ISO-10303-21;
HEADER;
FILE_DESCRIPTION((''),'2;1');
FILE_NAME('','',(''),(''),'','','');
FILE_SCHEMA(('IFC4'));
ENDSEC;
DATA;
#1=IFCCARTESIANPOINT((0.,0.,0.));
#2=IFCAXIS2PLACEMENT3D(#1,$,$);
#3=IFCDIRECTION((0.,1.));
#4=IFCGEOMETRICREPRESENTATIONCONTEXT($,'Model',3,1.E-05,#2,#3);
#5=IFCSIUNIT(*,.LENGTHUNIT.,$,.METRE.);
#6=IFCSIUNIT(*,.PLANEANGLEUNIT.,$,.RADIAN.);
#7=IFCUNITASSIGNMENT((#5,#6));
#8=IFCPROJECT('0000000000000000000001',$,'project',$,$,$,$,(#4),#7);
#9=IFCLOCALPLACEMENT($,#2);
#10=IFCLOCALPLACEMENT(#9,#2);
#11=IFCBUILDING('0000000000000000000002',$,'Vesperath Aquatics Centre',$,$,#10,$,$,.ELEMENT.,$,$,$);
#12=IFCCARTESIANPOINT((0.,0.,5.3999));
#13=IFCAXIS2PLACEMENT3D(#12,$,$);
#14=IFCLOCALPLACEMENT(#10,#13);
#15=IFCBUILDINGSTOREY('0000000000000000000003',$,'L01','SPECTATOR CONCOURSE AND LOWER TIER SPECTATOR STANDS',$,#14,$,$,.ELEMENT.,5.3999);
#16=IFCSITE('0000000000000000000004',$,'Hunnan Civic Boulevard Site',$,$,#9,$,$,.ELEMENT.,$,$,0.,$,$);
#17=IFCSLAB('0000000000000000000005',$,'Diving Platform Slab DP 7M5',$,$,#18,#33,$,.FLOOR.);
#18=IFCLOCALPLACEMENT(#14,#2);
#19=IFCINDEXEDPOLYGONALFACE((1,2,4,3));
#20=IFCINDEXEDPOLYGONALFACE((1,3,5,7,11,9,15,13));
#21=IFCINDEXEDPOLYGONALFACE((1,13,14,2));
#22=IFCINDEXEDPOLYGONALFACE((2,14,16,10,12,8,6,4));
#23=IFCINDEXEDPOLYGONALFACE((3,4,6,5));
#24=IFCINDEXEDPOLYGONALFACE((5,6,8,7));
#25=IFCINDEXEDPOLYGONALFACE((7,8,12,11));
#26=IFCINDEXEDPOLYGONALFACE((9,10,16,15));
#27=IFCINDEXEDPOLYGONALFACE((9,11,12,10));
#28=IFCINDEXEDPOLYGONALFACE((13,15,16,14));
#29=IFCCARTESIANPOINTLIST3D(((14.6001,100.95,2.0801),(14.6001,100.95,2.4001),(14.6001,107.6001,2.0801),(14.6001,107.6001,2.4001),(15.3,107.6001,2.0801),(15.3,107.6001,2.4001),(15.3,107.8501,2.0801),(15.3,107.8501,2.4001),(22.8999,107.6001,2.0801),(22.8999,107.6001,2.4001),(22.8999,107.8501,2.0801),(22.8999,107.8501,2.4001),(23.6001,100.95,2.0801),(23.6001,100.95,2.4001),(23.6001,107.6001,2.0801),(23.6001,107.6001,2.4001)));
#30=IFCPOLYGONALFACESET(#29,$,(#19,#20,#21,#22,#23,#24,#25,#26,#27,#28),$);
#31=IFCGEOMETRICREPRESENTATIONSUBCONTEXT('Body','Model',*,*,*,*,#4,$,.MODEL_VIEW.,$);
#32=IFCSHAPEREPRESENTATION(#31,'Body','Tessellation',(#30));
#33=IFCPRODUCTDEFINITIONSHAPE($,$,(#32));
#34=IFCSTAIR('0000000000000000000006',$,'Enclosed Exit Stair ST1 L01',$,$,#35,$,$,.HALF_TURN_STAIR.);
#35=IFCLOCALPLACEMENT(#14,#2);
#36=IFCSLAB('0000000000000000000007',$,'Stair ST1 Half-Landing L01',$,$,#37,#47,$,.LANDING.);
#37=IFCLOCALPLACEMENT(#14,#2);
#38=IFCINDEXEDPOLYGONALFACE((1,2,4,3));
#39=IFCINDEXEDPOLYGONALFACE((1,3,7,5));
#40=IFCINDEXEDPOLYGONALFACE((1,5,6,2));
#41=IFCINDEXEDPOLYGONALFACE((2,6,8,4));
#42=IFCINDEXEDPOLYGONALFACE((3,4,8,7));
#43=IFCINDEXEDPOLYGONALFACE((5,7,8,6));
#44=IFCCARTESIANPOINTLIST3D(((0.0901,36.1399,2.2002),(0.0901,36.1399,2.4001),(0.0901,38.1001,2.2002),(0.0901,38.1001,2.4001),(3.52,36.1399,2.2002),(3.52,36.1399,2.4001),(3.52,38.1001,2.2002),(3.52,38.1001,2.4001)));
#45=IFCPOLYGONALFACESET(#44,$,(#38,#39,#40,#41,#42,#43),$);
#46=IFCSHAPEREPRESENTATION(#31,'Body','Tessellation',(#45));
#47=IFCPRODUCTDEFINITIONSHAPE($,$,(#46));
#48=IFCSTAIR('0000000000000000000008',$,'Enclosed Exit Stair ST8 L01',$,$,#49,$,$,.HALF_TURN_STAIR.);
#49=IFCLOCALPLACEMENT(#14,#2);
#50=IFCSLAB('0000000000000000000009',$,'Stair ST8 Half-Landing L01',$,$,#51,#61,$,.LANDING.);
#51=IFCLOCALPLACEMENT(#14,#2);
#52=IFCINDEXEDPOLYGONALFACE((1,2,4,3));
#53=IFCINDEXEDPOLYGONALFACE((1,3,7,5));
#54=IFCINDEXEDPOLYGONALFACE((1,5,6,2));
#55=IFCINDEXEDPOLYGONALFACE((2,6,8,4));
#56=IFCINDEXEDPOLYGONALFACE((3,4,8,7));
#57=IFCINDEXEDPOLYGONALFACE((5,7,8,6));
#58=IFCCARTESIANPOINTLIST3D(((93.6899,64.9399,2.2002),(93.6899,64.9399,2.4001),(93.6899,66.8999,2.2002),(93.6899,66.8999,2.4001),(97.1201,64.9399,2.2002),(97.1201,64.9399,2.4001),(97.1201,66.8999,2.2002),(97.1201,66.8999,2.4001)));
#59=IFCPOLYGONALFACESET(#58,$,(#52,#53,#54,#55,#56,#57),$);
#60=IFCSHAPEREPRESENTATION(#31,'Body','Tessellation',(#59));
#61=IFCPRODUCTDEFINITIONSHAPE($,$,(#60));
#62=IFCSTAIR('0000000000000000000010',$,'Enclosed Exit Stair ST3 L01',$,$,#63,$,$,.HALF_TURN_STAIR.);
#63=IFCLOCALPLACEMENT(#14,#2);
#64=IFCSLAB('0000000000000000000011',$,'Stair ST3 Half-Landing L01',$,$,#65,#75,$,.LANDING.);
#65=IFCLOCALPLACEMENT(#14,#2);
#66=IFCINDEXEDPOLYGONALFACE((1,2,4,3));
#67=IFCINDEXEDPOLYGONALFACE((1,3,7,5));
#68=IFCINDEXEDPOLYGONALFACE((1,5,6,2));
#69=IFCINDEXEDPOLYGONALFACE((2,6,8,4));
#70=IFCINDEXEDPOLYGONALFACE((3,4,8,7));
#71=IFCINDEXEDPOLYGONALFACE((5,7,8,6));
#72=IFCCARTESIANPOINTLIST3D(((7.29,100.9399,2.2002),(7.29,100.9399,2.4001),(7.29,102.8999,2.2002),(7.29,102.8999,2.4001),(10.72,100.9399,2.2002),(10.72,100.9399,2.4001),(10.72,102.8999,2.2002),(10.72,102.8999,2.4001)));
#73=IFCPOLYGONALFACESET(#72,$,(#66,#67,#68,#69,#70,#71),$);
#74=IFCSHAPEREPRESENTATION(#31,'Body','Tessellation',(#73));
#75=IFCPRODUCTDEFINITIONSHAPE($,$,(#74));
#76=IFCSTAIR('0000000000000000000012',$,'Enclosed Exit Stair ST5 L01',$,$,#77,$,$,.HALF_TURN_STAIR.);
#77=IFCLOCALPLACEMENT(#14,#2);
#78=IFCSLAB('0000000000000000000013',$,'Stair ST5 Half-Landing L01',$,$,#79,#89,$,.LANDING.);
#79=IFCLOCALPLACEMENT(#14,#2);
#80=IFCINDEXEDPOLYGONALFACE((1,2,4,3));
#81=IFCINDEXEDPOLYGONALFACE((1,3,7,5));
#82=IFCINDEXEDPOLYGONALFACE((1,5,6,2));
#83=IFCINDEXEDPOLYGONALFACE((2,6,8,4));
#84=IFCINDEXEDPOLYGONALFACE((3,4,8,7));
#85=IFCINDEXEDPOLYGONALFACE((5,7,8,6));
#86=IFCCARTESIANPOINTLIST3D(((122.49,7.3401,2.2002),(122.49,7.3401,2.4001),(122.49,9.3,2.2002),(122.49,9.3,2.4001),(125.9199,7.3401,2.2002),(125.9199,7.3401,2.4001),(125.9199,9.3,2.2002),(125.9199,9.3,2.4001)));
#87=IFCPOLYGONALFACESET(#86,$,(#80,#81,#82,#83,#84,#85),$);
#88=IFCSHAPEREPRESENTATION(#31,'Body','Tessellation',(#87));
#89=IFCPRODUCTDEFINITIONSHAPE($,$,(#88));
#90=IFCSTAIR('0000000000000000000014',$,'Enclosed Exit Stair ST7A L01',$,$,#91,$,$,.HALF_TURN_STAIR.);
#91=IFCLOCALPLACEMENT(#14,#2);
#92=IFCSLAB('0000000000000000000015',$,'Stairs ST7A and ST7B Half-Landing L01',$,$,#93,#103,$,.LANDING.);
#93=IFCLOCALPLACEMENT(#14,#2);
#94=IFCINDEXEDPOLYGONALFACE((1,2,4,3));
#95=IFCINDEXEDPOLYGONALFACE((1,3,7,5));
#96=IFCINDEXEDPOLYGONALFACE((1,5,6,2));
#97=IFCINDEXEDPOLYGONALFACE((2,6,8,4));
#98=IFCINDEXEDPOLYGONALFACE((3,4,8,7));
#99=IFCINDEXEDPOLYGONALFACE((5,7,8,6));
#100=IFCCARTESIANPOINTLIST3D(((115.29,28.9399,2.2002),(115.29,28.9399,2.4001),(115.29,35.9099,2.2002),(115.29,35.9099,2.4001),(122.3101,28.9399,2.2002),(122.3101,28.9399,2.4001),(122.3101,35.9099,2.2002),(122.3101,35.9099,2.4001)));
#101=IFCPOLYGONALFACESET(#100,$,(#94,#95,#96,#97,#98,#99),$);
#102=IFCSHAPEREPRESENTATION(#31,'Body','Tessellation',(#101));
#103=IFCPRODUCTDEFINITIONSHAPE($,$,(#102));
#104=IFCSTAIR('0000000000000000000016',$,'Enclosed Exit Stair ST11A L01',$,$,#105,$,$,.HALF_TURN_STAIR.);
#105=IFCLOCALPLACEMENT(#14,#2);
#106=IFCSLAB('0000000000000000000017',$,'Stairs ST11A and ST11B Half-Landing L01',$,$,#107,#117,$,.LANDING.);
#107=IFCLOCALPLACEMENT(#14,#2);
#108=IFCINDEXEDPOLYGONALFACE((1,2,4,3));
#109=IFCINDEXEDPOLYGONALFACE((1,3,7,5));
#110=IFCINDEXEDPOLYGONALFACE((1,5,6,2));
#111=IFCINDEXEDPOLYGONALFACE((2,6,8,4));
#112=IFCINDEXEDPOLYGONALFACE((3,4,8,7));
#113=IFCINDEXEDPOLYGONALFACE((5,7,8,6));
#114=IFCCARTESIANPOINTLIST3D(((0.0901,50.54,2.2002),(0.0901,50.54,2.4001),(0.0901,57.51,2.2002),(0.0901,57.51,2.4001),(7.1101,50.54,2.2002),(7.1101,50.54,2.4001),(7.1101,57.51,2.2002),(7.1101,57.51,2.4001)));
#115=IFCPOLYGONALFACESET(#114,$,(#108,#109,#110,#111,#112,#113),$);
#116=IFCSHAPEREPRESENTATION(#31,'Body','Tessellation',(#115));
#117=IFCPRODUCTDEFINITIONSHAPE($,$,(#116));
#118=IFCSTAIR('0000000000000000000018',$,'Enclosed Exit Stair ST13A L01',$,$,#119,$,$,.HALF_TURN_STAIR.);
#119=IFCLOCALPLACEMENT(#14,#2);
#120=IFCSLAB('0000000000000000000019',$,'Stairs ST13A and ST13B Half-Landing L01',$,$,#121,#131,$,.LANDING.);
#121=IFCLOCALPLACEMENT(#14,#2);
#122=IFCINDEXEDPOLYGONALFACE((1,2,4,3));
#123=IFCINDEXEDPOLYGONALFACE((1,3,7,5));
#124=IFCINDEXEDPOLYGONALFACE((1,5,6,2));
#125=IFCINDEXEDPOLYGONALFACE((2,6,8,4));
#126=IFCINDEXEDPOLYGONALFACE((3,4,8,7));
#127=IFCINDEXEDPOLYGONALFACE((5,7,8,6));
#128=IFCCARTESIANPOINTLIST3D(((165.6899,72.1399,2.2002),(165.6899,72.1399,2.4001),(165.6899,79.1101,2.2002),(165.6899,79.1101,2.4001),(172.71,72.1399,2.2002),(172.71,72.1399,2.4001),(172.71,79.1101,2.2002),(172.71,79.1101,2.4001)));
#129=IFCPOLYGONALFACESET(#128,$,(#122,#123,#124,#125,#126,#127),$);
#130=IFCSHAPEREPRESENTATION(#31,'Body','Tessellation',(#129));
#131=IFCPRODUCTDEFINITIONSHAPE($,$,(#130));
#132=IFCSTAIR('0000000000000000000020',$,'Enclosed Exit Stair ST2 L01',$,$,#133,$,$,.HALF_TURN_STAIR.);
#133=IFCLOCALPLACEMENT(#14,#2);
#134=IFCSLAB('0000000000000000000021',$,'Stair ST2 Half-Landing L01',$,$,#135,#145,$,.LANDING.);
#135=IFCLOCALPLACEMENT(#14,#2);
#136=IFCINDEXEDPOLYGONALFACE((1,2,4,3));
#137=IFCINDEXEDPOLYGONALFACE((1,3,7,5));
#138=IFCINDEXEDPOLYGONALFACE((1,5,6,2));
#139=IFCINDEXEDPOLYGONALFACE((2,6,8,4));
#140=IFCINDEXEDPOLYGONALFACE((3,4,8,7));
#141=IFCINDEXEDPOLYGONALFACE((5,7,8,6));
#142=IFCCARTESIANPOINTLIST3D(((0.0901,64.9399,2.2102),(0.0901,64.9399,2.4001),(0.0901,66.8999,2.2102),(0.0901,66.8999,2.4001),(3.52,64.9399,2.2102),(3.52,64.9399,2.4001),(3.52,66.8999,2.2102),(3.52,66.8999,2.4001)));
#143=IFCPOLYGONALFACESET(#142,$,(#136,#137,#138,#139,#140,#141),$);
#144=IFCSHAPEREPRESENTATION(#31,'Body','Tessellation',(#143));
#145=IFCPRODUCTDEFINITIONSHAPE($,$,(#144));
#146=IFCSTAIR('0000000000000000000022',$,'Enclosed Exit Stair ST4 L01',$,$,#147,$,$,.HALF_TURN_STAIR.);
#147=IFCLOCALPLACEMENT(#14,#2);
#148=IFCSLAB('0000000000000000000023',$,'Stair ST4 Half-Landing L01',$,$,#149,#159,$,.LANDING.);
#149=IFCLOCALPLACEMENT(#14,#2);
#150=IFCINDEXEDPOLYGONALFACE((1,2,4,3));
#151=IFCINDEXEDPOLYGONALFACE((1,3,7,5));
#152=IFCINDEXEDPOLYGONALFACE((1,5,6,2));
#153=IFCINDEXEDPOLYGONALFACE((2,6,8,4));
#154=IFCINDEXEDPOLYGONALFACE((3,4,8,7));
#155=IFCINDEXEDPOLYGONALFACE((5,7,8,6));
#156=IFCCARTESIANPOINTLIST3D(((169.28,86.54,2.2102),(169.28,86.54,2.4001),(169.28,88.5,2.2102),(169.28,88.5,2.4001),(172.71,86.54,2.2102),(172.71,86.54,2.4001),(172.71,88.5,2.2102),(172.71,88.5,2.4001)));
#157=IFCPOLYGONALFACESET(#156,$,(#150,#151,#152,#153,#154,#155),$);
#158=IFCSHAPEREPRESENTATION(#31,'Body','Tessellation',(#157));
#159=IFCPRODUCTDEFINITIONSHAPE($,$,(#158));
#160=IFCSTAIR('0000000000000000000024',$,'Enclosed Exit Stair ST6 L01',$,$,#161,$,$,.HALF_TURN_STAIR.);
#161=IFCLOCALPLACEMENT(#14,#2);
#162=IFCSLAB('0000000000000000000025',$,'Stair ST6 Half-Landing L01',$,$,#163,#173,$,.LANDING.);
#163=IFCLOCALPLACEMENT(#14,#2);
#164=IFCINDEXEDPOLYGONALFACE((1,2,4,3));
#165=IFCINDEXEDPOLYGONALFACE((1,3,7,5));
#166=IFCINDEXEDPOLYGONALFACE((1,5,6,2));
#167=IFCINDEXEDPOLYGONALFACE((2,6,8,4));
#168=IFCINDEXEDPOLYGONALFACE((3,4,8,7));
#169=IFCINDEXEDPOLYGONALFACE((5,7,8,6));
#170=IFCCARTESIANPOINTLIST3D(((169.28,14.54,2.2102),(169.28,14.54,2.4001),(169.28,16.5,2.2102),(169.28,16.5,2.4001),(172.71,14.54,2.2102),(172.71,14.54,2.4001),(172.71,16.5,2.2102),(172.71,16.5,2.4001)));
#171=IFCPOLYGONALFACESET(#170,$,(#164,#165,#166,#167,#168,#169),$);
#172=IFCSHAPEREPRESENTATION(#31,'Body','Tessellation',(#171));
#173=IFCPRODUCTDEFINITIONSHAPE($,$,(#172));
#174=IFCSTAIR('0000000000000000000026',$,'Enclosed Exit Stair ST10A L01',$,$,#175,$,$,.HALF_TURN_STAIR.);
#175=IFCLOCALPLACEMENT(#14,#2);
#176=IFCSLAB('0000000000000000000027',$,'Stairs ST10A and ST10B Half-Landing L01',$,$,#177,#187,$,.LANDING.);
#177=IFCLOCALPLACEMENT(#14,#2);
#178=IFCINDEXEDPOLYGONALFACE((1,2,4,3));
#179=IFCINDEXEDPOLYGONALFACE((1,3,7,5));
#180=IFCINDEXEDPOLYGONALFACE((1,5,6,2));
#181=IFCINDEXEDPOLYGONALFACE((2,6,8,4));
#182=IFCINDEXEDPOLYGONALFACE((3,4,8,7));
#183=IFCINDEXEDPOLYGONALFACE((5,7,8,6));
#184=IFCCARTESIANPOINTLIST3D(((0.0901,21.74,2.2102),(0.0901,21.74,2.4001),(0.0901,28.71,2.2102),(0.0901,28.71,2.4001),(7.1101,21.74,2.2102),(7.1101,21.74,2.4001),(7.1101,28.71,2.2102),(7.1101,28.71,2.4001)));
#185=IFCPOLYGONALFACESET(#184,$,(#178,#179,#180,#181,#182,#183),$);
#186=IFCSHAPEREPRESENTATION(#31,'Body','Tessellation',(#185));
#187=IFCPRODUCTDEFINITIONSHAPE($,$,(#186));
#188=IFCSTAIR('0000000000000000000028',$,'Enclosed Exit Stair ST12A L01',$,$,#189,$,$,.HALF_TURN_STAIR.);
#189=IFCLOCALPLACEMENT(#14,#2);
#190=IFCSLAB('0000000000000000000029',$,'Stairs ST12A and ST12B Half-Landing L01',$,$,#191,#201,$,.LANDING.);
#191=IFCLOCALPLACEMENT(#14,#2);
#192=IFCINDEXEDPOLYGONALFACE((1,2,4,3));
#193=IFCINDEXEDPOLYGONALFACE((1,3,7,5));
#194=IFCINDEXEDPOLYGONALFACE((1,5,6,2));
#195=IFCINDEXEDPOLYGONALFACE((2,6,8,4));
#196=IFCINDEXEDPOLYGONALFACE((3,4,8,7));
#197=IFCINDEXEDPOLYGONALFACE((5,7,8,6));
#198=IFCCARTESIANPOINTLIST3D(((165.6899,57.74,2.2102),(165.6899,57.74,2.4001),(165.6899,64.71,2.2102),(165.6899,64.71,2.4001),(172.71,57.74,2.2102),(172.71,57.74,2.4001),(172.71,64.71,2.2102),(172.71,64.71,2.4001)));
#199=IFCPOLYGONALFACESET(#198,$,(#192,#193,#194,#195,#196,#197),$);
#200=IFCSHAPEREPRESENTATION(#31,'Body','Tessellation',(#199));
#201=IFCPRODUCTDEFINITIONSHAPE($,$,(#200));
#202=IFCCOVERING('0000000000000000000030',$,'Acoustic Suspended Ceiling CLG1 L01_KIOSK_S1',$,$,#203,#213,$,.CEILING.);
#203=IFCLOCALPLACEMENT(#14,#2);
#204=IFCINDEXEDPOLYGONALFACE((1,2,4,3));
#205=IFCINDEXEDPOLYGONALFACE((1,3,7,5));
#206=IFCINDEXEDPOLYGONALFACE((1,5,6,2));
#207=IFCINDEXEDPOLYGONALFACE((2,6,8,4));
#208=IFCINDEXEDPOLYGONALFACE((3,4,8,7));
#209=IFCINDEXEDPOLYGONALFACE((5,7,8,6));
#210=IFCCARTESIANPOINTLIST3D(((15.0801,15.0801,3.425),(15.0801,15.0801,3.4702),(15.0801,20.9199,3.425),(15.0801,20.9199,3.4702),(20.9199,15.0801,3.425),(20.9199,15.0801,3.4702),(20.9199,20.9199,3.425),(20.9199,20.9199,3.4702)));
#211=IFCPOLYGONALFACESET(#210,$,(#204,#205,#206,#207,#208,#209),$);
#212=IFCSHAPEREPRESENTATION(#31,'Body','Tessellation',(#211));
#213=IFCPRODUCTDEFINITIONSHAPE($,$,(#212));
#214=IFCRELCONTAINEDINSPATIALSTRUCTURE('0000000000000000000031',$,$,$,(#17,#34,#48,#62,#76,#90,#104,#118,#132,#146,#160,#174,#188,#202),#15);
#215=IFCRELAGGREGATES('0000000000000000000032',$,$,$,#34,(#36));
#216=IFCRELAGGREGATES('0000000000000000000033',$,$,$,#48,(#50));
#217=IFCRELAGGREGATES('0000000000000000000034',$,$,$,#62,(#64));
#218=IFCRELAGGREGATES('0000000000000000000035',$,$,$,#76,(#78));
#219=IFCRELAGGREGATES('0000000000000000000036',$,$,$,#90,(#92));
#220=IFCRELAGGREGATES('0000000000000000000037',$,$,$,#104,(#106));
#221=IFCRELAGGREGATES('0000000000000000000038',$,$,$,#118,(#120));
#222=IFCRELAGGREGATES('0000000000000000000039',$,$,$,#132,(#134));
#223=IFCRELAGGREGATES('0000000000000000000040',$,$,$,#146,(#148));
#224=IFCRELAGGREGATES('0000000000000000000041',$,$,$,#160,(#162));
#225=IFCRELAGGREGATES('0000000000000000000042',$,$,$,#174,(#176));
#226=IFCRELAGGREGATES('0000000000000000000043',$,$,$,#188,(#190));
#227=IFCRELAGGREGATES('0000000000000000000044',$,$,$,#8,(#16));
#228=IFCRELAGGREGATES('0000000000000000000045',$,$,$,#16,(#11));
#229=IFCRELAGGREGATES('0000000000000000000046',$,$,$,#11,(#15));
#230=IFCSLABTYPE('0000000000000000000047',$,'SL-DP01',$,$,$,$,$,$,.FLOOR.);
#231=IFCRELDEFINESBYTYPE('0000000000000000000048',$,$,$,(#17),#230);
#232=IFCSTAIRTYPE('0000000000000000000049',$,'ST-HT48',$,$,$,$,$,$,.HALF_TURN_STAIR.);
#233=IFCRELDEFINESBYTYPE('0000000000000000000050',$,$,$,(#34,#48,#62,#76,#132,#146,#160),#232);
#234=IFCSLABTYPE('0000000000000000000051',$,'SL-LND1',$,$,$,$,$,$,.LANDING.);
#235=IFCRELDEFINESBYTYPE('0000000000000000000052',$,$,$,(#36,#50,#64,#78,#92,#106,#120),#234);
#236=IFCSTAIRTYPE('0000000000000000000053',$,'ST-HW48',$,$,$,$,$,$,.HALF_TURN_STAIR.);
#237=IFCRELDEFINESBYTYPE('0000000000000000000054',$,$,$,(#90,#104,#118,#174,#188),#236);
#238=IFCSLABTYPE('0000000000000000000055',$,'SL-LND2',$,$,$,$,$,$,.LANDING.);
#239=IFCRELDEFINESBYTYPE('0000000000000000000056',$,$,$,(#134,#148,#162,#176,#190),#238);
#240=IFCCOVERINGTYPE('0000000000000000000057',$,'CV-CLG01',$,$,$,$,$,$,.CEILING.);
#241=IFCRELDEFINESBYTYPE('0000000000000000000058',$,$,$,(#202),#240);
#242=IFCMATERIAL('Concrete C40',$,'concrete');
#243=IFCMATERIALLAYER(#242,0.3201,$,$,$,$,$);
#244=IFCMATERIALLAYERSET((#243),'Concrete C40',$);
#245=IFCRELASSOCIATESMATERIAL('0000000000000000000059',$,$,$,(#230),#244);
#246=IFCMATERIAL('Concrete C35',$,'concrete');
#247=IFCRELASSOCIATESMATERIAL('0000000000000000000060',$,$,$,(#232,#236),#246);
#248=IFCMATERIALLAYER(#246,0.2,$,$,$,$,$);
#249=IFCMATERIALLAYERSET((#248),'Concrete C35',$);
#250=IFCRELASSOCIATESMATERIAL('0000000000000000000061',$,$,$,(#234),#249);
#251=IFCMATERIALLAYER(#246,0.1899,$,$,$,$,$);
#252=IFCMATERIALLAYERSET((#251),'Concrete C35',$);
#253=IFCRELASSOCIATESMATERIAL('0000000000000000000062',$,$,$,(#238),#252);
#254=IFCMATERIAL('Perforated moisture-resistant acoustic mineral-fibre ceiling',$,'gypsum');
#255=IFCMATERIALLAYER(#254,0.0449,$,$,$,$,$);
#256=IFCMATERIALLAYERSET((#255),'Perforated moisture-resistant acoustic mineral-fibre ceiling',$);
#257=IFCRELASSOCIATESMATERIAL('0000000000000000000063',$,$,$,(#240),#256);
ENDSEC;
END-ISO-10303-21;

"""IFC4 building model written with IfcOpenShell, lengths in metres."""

from ifc_helpers import new_model, si_unit, direction, frame, origin, place, context, subcontext, project, spatial, polyline, outline, extrude, material, layer, layer_set, type_object, element, aggregate, save


model = new_model("IFC4")

# Units and contexts
model_context = context("Model", 3, precision=1e-05, world=origin(), true_north=direction((0.0, 1.0)))
body_context = subcontext(model_context, "Body", "Model", "MODEL_VIEW")
ifc_project = project(units=[si_unit("LENGTHUNIT", "METRE"), si_unit("PLANEANGLEUNIT", "RADIAN")], contexts=[model_context])

# Site, building, storey
site_placement = place(None, origin())
site = spatial("IfcSite", under=ifc_project, at=site_placement, Name="Hunnan Civic Boulevard Site", CompositionType="ELEMENT", RefElevation=0.0)
building_placement = place(site_placement, origin())
building = spatial("IfcBuilding", under=site, at=building_placement, Name="Vesperath Aquatics Centre", CompositionType="ELEMENT")
storey_placement = place(building_placement, frame((0.0, 0.0, 5.3999)))
storey = spatial("IfcBuildingStorey", under=building, at=storey_placement, Name="L01", Description="SPECTATOR CONCOURSE AND LOWER TIER SPECTATOR STANDS", CompositionType="ELEMENT", Elevation=5.3999)

# Slab
ifc_material_1 = material(Name="Concrete C40", Category="concrete")
ifc_layer_1 = layer(ifc_material_1, 0.3201)
ifc_layer_set_1 = layer_set([ifc_layer_1], Name="Concrete C40")
slab_type_1 = type_object("IfcSlabType", Name="SL-DP01", PredefinedType="FLOOR", material=ifc_layer_set_1)
slab_1_placement = place(storey_placement, frame((0.0, 0.0, 2.0801)))
element("IfcSlab", 1, at=slab_1_placement, inside=storey, type_object=slab_type_1, Name="Diving Platform Slab DP 7M5", PredefinedType="FLOOR", context=body_context, shape_type="SweptSolid", body=[
    extrude(outline(polyline([(14.6001, 100.95), (23.6001, 100.95), (23.6001, 107.6001), (22.8999, 107.6001), (22.8999, 107.8501), (15.3, 107.8501), (15.3, 107.6001), (14.6001, 107.6001), (14.6001, 100.95)])), origin(), (0.0, 0.0, 1.0), 0.3201),
])

# Stairs, slabs
ifc_material_2 = material(Name="Concrete C35", Category="concrete")
stair_type_1 = type_object("IfcStairType", Name="ST-HT48", PredefinedType="HALF_TURN_STAIR", material=ifc_material_2)
stair_1_placement = place(storey_placement, origin())
stair_1 = element("IfcStair", 2, at=stair_1_placement, inside=storey, type_object=stair_type_1, Name="Enclosed Exit Stair ST1 L01", PredefinedType="HALF_TURN_STAIR")
ifc_layer_2 = layer(ifc_material_2, 0.2)
ifc_layer_set_2 = layer_set([ifc_layer_2], Name="Concrete C35")
slab_type_2 = type_object("IfcSlabType", Name="SL-LND1", PredefinedType="LANDING", material=ifc_layer_set_2)
slab_2_placement = place(storey_placement, frame((0.0, 0.0, 2.2002)))
slab_2 = element("IfcSlab", 3, at=slab_2_placement, type_object=slab_type_2, Name="Stair ST1 Half-Landing L01", PredefinedType="LANDING", context=body_context, shape_type="SweptSolid", body=[
    extrude(outline(polyline([(0.0901, 36.1399), (3.52, 36.1399), (3.52, 38.1001), (0.0901, 38.1001), (0.0901, 36.1399)])), origin(), (0.0, 0.0, 1.0), 0.2),
])
aggregate(stair_1, [slab_2])
stair_2_placement = place(storey_placement, origin())
stair_2 = element("IfcStair", 4, at=stair_2_placement, inside=storey, type_object=stair_type_1, Name="Enclosed Exit Stair ST8 L01", PredefinedType="HALF_TURN_STAIR")
slab_3_placement = place(storey_placement, frame((0.0, 0.0, 2.2002)))
slab_3 = element("IfcSlab", 5, at=slab_3_placement, type_object=slab_type_2, Name="Stair ST8 Half-Landing L01", PredefinedType="LANDING", context=body_context, shape_type="SweptSolid", body=[
    extrude(outline(polyline([(93.6899, 64.9399), (97.1201, 64.9399), (97.1201, 66.8999), (93.6899, 66.8999), (93.6899, 64.9399)])), origin(), (0.0, 0.0, 1.0), 0.2),
])
aggregate(stair_2, [slab_3])
stair_3_placement = place(storey_placement, origin())
stair_3 = element("IfcStair", 6, at=stair_3_placement, inside=storey, type_object=stair_type_1, Name="Enclosed Exit Stair ST3 L01", PredefinedType="HALF_TURN_STAIR")
slab_4_placement = place(storey_placement, frame((0.0, 0.0, 2.2002)))
slab_4 = element("IfcSlab", 7, at=slab_4_placement, type_object=slab_type_2, Name="Stair ST3 Half-Landing L01", PredefinedType="LANDING", context=body_context, shape_type="SweptSolid", body=[
    extrude(outline(polyline([(7.29, 100.9399), (10.72, 100.9399), (10.72, 102.8999), (7.29, 102.8999), (7.29, 100.9399)])), origin(), (0.0, 0.0, 1.0), 0.2),
])
aggregate(stair_3, [slab_4])
stair_4_placement = place(storey_placement, origin())
stair_4 = element("IfcStair", 8, at=stair_4_placement, inside=storey, type_object=stair_type_1, Name="Enclosed Exit Stair ST5 L01", PredefinedType="HALF_TURN_STAIR")
slab_5_placement = place(storey_placement, frame((0.0, 0.0, 2.2002)))
slab_5 = element("IfcSlab", 9, at=slab_5_placement, type_object=slab_type_2, Name="Stair ST5 Half-Landing L01", PredefinedType="LANDING", context=body_context, shape_type="SweptSolid", body=[
    extrude(outline(polyline([(122.49, 7.3401), (125.9199, 7.3401), (125.9199, 9.3), (122.49, 9.3), (122.49, 7.3401)])), origin(), (0.0, 0.0, 1.0), 0.2),
])
aggregate(stair_4, [slab_5])
stair_type_2 = type_object("IfcStairType", Name="ST-HW48", PredefinedType="HALF_TURN_STAIR", material=ifc_material_2)
stair_5_placement = place(storey_placement, origin())
stair_5 = element("IfcStair", 10, at=stair_5_placement, inside=storey, type_object=stair_type_2, Name="Enclosed Exit Stair ST7A L01", PredefinedType="HALF_TURN_STAIR")
slab_6_placement = place(storey_placement, frame((0.0, 0.0, 2.2002)))
slab_6 = element("IfcSlab", 11, at=slab_6_placement, type_object=slab_type_2, Name="Stairs ST7A and ST7B Half-Landing L01", PredefinedType="LANDING", context=body_context, shape_type="SweptSolid", body=[
    extrude(outline(polyline([(115.29, 28.9399), (122.3101, 28.9399), (122.3101, 35.9099), (115.29, 35.9099), (115.29, 28.9399)])), origin(), (0.0, 0.0, 1.0), 0.2),
])
aggregate(stair_5, [slab_6])
stair_6_placement = place(storey_placement, origin())
stair_6 = element("IfcStair", 12, at=stair_6_placement, inside=storey, type_object=stair_type_2, Name="Enclosed Exit Stair ST11A L01", PredefinedType="HALF_TURN_STAIR")
slab_7_placement = place(storey_placement, frame((0.0, 0.0, 2.2002)))
slab_7 = element("IfcSlab", 13, at=slab_7_placement, type_object=slab_type_2, Name="Stairs ST11A and ST11B Half-Landing L01", PredefinedType="LANDING", context=body_context, shape_type="SweptSolid", body=[
    extrude(outline(polyline([(0.0901, 50.54), (7.1101, 50.54), (7.1101, 57.51), (0.0901, 57.51), (0.0901, 50.54)])), origin(), (0.0, 0.0, 1.0), 0.2),
])
aggregate(stair_6, [slab_7])
stair_7_placement = place(storey_placement, origin())
stair_7 = element("IfcStair", 14, at=stair_7_placement, inside=storey, type_object=stair_type_2, Name="Enclosed Exit Stair ST13A L01", PredefinedType="HALF_TURN_STAIR")
slab_8_placement = place(storey_placement, frame((0.0, 0.0, 2.2002)))
slab_8 = element("IfcSlab", 15, at=slab_8_placement, type_object=slab_type_2, Name="Stairs ST13A and ST13B Half-Landing L01", PredefinedType="LANDING", context=body_context, shape_type="SweptSolid", body=[
    extrude(outline(polyline([(165.6899, 72.1399), (172.71, 72.1399), (172.71, 79.1101), (165.6899, 79.1101), (165.6899, 72.1399)])), origin(), (0.0, 0.0, 1.0), 0.2),
])
aggregate(stair_7, [slab_8])
stair_8_placement = place(storey_placement, origin())
stair_8 = element("IfcStair", 16, at=stair_8_placement, inside=storey, type_object=stair_type_1, Name="Enclosed Exit Stair ST2 L01", PredefinedType="HALF_TURN_STAIR")
ifc_layer_3 = layer(ifc_material_2, 0.1899)
ifc_layer_set_3 = layer_set([ifc_layer_3], Name="Concrete C35")
slab_type_3 = type_object("IfcSlabType", Name="SL-LND2", PredefinedType="LANDING", material=ifc_layer_set_3)
slab_9_placement = place(storey_placement, frame((0.0, 0.0, 2.2102)))
slab_9 = element("IfcSlab", 17, at=slab_9_placement, type_object=slab_type_3, Name="Stair ST2 Half-Landing L01", PredefinedType="LANDING", context=body_context, shape_type="SweptSolid", body=[
    extrude(outline(polyline([(0.0901, 64.9399), (3.52, 64.9399), (3.52, 66.8999), (0.0901, 66.8999), (0.0901, 64.9399)])), origin(), (0.0, 0.0, 1.0), 0.1899),
])
aggregate(stair_8, [slab_9])
stair_9_placement = place(storey_placement, origin())
stair_9 = element("IfcStair", 18, at=stair_9_placement, inside=storey, type_object=stair_type_1, Name="Enclosed Exit Stair ST4 L01", PredefinedType="HALF_TURN_STAIR")
slab_10_placement = place(storey_placement, frame((0.0, 0.0, 2.2102)))
slab_10 = element("IfcSlab", 19, at=slab_10_placement, type_object=slab_type_3, Name="Stair ST4 Half-Landing L01", PredefinedType="LANDING", context=body_context, shape_type="SweptSolid", body=[
    extrude(outline(polyline([(169.28, 86.54), (172.71, 86.54), (172.71, 88.5), (169.28, 88.5), (169.28, 86.54)])), origin(), (0.0, 0.0, 1.0), 0.1899),
])
aggregate(stair_9, [slab_10])
stair_10_placement = place(storey_placement, origin())
stair_10 = element("IfcStair", 20, at=stair_10_placement, inside=storey, type_object=stair_type_1, Name="Enclosed Exit Stair ST6 L01", PredefinedType="HALF_TURN_STAIR")
slab_11_placement = place(storey_placement, frame((0.0, 0.0, 2.2102)))
slab_11 = element("IfcSlab", 21, at=slab_11_placement, type_object=slab_type_3, Name="Stair ST6 Half-Landing L01", PredefinedType="LANDING", context=body_context, shape_type="SweptSolid", body=[
    extrude(outline(polyline([(169.28, 14.54), (172.71, 14.54), (172.71, 16.5), (169.28, 16.5), (169.28, 14.54)])), origin(), (0.0, 0.0, 1.0), 0.1899),
])
aggregate(stair_10, [slab_11])
stair_11_placement = place(storey_placement, origin())
stair_11 = element("IfcStair", 22, at=stair_11_placement, inside=storey, type_object=stair_type_2, Name="Enclosed Exit Stair ST10A L01", PredefinedType="HALF_TURN_STAIR")
slab_12_placement = place(storey_placement, frame((0.0, 0.0, 2.2102)))
slab_12 = element("IfcSlab", 23, at=slab_12_placement, type_object=slab_type_3, Name="Stairs ST10A and ST10B Half-Landing L01", PredefinedType="LANDING", context=body_context, shape_type="SweptSolid", body=[
    extrude(outline(polyline([(0.0901, 21.74), (7.1101, 21.74), (7.1101, 28.71), (0.0901, 28.71), (0.0901, 21.74)])), origin(), (0.0, 0.0, 1.0), 0.1899),
])
aggregate(stair_11, [slab_12])
stair_12_placement = place(storey_placement, origin())
stair_12 = element("IfcStair", 24, at=stair_12_placement, inside=storey, type_object=stair_type_2, Name="Enclosed Exit Stair ST12A L01", PredefinedType="HALF_TURN_STAIR")
slab_13_placement = place(storey_placement, frame((0.0, 0.0, 2.2102)))
slab_13 = element("IfcSlab", 25, at=slab_13_placement, type_object=slab_type_3, Name="Stairs ST12A and ST12B Half-Landing L01", PredefinedType="LANDING", context=body_context, shape_type="SweptSolid", body=[
    extrude(outline(polyline([(165.6899, 57.74), (172.71, 57.74), (172.71, 64.71), (165.6899, 64.71), (165.6899, 57.74)])), origin(), (0.0, 0.0, 1.0), 0.1899),
])
aggregate(stair_12, [slab_13])

# Covering
ifc_material_3 = material(Name="Perforated moisture-resistant acoustic mineral-fibre ceiling", Category="gypsum")
ifc_layer_4 = layer(ifc_material_3, 0.0449)
ifc_layer_set_4 = layer_set([ifc_layer_4], Name="Perforated moisture-resistant acoustic mineral-fibre ceiling")
covering_type_1 = type_object("IfcCoveringType", Name="CV-CLG01", PredefinedType="CEILING", material=ifc_layer_set_4)
covering_1_placement = place(storey_placement, frame((0.0, 0.0, 3.425)))
element("IfcCovering", 26, at=covering_1_placement, inside=storey, type_object=covering_type_1, Name="Acoustic Suspended Ceiling CLG1 L01_KIOSK_S1", PredefinedType="CEILING", context=body_context, shape_type="SweptSolid", body=[
    extrude(outline(polyline([(15.0801, 15.0801), (20.9199, 15.0801), (20.9199, 20.9199), (15.0801, 20.9199), (15.0801, 15.0801)])), origin(), (0.0, 0.0, 1.0), 0.0452),
])

save(model, "model.ifc")
